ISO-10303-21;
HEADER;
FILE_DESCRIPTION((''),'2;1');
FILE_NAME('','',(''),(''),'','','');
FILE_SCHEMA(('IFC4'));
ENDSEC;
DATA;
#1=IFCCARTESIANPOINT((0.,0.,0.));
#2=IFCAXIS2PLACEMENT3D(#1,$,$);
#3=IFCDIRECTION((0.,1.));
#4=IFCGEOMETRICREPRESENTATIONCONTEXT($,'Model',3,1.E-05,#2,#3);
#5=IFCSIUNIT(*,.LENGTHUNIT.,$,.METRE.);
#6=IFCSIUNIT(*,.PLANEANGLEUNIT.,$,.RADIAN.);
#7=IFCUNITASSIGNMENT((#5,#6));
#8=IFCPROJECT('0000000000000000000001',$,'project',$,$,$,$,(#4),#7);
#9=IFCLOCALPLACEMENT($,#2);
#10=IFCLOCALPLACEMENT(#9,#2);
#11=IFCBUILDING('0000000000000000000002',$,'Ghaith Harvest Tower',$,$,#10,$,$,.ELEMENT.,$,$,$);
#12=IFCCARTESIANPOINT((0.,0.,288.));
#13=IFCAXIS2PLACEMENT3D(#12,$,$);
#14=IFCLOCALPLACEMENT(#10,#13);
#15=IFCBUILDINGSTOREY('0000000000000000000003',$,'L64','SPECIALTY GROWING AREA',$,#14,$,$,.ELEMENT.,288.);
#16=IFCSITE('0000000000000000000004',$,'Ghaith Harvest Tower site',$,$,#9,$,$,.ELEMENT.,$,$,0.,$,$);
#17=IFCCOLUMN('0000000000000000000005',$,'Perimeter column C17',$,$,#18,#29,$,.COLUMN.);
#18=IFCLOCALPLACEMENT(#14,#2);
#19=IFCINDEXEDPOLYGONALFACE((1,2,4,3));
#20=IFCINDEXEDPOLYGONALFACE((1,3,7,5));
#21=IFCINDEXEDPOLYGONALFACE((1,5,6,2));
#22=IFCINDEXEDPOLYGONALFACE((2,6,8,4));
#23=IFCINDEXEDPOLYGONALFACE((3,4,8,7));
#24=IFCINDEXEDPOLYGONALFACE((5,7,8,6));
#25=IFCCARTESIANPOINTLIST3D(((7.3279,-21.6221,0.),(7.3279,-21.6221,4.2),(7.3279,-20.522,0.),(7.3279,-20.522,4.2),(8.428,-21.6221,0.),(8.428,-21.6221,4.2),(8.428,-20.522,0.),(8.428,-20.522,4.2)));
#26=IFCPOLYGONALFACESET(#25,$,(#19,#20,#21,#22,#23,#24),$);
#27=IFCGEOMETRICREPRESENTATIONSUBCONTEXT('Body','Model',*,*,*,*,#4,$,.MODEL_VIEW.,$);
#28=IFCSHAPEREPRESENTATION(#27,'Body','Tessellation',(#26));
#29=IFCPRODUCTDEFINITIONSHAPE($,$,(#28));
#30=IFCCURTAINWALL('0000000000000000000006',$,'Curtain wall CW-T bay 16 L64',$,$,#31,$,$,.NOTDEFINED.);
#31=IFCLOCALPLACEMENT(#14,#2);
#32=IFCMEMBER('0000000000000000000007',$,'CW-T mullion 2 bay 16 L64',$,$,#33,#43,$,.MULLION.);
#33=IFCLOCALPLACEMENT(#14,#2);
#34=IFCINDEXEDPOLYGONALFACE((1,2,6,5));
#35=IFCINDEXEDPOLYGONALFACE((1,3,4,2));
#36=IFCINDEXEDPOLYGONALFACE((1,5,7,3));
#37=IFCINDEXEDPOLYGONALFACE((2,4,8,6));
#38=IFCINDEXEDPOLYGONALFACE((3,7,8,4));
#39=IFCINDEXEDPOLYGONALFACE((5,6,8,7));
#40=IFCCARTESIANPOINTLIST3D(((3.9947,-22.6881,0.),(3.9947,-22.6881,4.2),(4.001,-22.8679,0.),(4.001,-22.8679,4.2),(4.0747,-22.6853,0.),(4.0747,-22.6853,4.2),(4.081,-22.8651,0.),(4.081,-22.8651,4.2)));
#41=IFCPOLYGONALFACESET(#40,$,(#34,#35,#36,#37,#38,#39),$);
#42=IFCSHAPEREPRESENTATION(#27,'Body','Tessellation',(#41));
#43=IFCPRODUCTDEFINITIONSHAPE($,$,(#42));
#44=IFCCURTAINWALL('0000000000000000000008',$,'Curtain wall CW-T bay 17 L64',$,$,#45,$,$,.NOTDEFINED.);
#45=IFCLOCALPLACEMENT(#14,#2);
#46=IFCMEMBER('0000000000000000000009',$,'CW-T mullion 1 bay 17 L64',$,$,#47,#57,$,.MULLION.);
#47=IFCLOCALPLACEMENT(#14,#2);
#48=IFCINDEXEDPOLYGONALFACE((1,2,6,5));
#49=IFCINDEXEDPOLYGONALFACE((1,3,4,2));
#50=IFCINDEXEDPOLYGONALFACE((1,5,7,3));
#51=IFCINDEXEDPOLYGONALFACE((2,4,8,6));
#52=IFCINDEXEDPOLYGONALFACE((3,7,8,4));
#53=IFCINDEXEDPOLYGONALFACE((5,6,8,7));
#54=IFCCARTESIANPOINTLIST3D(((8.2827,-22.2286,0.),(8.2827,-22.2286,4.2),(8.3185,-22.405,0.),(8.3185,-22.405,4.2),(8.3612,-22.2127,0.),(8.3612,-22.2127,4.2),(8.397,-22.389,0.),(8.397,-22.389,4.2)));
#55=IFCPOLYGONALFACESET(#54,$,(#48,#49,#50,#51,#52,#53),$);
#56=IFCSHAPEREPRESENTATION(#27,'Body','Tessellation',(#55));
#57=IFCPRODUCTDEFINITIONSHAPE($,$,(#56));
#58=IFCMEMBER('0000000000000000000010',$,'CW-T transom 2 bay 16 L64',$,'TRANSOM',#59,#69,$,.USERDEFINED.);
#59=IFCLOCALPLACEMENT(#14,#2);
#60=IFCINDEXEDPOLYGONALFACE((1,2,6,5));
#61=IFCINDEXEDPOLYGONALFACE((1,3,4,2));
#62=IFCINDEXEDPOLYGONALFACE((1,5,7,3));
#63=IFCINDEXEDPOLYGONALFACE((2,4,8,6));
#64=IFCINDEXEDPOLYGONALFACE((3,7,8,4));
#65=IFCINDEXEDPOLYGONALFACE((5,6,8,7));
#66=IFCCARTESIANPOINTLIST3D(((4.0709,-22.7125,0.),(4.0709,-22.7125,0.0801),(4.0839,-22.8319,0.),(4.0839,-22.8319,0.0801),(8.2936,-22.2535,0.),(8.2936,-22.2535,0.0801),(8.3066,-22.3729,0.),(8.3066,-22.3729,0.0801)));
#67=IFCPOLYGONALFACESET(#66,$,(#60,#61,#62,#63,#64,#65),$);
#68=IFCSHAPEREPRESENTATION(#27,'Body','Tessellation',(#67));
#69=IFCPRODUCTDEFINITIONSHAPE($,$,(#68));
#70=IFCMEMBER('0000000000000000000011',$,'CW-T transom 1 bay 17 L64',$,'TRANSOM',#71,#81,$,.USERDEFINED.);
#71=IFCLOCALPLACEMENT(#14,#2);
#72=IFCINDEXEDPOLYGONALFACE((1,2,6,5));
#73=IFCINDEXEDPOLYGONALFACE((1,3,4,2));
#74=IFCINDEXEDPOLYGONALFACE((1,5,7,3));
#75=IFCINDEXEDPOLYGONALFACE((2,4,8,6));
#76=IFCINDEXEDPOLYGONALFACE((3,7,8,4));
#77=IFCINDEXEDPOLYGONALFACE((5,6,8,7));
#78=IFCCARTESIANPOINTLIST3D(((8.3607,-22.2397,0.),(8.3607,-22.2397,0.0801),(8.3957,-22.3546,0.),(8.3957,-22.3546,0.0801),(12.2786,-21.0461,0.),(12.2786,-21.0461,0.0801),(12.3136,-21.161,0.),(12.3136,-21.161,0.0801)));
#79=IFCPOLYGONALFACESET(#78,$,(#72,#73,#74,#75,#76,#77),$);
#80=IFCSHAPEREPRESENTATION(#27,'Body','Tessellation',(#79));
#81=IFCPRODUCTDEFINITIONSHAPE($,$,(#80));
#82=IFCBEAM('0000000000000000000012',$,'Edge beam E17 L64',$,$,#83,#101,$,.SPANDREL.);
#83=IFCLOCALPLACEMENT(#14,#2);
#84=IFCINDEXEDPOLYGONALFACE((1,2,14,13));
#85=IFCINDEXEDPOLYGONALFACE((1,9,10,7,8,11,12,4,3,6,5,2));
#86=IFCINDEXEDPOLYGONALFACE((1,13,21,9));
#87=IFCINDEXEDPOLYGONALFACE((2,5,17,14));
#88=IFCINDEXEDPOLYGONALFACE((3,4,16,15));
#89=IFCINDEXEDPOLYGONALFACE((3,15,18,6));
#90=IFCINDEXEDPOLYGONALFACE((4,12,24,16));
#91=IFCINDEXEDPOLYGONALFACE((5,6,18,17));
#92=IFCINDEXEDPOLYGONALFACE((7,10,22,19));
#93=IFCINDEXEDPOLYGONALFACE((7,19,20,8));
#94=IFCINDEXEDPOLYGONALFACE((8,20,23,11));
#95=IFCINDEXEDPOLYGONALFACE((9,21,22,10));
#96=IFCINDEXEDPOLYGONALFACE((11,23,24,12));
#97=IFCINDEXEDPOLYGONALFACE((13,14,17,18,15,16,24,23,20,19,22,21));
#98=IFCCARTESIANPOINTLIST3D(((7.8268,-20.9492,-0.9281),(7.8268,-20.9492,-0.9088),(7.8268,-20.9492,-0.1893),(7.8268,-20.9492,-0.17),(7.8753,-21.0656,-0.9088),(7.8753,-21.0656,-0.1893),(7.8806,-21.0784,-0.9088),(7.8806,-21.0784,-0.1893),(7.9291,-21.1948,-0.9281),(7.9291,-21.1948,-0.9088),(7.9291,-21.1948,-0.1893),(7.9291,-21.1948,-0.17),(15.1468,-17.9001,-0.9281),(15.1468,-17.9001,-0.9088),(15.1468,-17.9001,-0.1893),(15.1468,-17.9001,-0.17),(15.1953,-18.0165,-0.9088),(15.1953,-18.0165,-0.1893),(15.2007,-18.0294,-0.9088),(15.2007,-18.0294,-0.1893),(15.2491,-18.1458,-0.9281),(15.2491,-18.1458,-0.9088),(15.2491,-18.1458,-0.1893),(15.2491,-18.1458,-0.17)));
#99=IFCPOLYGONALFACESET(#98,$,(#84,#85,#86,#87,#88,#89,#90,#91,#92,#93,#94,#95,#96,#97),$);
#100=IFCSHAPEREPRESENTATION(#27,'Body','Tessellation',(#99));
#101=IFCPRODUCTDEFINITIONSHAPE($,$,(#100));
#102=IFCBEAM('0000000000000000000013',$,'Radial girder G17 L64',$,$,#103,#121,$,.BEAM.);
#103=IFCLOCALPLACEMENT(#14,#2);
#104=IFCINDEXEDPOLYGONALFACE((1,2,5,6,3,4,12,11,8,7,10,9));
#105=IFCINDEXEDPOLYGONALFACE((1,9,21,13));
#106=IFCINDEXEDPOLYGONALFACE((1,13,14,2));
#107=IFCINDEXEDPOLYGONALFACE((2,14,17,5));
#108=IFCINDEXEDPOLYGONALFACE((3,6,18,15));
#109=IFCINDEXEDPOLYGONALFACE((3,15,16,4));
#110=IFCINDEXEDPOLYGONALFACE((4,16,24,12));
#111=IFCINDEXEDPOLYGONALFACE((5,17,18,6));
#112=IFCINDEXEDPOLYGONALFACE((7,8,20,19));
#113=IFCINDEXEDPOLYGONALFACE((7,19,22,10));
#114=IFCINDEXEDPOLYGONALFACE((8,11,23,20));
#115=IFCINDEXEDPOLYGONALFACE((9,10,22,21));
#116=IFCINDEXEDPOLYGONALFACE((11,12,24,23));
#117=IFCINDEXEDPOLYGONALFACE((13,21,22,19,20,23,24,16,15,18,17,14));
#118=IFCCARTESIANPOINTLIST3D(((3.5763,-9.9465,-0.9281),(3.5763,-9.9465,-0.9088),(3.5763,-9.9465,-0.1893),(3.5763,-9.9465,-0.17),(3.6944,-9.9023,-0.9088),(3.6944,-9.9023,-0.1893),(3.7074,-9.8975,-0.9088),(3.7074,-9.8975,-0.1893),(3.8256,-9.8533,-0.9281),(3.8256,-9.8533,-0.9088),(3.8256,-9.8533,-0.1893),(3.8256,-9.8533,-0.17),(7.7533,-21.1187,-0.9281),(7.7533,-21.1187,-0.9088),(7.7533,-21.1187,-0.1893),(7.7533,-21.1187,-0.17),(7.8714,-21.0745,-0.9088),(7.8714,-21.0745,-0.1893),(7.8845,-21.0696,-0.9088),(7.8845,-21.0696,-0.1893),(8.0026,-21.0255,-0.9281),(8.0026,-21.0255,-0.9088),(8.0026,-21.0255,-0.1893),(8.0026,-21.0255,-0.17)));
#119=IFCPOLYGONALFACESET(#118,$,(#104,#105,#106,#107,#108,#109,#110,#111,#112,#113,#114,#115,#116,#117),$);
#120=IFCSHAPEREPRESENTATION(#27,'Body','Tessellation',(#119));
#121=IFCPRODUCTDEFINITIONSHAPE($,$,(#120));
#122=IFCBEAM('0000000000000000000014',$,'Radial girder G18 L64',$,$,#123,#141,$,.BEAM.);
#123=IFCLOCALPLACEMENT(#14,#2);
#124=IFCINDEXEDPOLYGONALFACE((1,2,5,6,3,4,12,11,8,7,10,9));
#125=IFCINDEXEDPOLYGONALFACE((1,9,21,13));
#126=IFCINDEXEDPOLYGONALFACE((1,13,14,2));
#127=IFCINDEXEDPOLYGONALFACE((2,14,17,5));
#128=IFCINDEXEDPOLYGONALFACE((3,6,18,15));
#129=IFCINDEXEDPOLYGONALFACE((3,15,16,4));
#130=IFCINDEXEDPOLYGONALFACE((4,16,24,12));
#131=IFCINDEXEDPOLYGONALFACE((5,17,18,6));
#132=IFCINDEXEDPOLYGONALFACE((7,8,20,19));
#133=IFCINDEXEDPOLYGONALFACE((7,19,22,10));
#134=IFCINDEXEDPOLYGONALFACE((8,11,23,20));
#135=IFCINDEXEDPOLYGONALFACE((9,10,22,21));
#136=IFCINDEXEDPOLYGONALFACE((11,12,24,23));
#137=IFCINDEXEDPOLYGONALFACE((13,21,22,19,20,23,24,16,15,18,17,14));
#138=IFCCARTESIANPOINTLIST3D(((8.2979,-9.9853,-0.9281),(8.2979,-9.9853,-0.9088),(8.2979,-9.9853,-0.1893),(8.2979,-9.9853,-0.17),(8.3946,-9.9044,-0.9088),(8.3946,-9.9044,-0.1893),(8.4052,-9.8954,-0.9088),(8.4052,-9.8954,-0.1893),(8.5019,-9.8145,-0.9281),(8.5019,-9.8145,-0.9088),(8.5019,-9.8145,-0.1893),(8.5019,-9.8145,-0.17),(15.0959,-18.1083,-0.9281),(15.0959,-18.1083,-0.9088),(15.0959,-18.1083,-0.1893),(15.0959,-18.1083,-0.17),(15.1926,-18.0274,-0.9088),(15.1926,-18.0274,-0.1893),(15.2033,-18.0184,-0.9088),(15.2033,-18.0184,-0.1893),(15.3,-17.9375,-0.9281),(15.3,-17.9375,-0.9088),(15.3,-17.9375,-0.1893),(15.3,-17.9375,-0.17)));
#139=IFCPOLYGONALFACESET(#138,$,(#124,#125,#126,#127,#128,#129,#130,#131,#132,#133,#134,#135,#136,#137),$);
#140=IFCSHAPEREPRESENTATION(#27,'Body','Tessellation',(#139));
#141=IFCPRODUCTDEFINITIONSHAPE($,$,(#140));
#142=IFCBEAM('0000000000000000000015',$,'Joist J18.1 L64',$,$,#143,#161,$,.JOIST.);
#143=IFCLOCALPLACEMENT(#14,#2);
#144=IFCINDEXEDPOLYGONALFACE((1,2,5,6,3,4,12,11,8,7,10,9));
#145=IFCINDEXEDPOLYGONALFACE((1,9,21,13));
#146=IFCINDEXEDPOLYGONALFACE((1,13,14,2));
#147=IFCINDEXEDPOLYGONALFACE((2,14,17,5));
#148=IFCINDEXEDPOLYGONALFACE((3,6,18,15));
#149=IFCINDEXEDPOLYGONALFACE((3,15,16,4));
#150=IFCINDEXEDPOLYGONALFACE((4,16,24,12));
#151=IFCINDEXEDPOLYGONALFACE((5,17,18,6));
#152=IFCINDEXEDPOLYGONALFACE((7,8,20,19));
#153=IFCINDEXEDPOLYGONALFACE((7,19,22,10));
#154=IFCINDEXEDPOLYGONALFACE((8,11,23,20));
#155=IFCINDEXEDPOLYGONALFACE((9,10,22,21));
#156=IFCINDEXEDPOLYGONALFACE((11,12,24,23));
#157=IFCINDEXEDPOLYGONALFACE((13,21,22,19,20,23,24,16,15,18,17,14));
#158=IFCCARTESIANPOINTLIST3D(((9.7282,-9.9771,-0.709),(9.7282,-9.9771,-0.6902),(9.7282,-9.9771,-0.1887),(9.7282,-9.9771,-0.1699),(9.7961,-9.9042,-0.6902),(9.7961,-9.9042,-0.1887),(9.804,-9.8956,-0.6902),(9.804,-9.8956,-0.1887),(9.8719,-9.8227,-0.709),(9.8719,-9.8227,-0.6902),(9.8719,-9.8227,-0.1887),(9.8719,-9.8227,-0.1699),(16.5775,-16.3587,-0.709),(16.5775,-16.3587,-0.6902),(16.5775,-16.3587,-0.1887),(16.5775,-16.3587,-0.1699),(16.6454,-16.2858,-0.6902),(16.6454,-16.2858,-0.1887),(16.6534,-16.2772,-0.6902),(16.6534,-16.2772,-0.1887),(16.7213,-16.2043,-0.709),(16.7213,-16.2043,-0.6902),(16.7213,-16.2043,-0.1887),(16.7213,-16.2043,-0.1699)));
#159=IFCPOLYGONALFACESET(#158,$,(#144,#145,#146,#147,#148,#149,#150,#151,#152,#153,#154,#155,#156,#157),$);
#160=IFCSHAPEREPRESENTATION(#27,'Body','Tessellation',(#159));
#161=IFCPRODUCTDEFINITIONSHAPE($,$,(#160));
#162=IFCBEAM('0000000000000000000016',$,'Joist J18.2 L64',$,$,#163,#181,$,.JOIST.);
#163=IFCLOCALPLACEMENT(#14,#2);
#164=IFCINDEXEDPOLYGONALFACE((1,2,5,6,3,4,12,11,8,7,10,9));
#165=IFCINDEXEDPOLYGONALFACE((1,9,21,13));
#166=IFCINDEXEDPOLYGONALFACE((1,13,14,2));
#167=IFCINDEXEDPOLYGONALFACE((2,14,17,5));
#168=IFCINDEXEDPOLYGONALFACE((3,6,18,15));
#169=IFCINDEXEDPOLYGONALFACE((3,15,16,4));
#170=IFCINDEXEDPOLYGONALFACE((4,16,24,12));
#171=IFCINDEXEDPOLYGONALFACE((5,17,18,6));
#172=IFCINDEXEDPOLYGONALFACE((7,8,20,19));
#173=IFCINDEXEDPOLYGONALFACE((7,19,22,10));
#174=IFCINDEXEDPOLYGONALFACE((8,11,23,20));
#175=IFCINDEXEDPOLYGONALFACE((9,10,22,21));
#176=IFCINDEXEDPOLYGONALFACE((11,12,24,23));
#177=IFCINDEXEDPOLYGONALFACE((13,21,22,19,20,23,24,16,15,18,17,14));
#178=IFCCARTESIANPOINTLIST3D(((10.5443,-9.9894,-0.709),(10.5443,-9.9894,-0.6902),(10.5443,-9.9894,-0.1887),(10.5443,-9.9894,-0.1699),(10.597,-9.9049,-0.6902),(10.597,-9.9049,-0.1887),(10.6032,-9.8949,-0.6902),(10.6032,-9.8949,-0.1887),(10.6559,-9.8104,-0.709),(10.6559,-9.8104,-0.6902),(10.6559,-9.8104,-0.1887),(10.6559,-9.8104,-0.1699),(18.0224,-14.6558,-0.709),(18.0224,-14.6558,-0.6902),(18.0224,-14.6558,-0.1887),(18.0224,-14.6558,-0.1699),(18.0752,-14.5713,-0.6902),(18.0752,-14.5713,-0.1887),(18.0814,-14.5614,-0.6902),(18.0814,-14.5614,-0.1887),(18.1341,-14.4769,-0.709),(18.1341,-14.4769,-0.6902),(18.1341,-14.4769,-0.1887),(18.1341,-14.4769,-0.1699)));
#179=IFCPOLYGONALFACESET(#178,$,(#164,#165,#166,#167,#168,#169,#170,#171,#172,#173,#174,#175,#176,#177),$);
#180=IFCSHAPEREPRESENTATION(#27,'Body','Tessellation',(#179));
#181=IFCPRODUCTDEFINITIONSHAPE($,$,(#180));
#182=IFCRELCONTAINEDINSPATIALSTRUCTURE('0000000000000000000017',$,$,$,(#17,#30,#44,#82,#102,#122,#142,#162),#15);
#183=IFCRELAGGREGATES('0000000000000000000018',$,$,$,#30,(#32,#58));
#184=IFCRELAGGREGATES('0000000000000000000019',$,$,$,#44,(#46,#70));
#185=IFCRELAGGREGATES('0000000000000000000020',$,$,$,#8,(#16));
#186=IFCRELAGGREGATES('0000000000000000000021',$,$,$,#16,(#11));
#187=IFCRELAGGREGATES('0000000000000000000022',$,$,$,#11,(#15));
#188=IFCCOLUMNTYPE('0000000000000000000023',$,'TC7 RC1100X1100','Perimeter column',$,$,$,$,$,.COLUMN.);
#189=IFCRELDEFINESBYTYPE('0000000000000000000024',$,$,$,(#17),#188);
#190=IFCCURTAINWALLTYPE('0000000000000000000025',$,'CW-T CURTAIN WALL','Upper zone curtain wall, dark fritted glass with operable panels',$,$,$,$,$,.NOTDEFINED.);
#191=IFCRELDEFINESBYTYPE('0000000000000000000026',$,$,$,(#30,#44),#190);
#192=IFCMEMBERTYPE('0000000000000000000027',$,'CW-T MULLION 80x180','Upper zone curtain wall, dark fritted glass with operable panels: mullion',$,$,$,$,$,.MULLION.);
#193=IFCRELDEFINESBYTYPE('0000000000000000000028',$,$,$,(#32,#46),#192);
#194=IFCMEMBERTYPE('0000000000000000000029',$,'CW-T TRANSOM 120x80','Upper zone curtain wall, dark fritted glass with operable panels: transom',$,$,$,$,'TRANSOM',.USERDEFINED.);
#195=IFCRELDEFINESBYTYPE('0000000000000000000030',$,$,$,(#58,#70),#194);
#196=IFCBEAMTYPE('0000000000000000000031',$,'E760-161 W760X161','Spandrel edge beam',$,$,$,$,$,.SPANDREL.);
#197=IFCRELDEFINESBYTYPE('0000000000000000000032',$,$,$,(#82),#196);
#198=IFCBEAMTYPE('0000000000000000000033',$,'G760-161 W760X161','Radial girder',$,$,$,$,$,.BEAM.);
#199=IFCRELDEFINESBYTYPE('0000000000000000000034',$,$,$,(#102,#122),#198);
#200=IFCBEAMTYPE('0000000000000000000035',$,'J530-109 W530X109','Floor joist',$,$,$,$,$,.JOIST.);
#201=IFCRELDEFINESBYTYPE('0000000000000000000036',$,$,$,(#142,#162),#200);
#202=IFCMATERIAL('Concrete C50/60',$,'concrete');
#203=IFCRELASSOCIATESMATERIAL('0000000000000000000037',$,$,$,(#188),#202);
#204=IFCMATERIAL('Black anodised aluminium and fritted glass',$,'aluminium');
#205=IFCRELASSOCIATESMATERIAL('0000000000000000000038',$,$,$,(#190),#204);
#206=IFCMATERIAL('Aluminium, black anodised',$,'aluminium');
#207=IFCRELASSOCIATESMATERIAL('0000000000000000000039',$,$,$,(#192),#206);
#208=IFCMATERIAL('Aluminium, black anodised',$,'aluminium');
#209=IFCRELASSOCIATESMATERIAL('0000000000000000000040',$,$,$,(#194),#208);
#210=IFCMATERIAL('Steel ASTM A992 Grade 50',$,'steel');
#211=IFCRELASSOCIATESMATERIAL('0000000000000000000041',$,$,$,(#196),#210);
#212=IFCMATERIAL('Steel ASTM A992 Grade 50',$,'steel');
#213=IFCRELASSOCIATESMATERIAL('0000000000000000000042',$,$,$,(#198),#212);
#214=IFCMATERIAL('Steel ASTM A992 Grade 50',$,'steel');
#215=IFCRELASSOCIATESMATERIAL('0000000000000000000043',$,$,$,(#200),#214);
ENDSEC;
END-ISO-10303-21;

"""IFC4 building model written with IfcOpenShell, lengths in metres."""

from ifc_helpers import new_model, si_unit, direction, frame, origin, origin_2d, place, context, subcontext, project, spatial, rectangle, i_section, extrude, material, material_profile, profile_set, type_object, element, aggregate, save


model = new_model("IFC4")

# Units and contexts
model_context = context("Model", 3, precision=1e-05, world=origin(), true_north=direction((0.0, 1.0)))
body_context = subcontext(model_context, "Body", "Model", "MODEL_VIEW")
ifc_project = project(units=[si_unit("LENGTHUNIT", "METRE"), si_unit("PLANEANGLEUNIT", "RADIAN")], contexts=[model_context])

# Site, building, storey
site_placement = place(None, origin())
site = spatial("IfcSite", under=ifc_project, at=site_placement, Name="Ghaith Harvest Tower site", CompositionType="ELEMENT", RefElevation=0.0)
building_placement = place(site_placement, origin())
building = spatial("IfcBuilding", under=site, at=building_placement, Name="Ghaith Harvest Tower", CompositionType="ELEMENT")
storey_placement = place(building_placement, frame((0.0, 0.0, 288.0)))
storey = spatial("IfcBuildingStorey", under=building, at=storey_placement, Name="L64", Description="SPECIALTY GROWING AREA", CompositionType="ELEMENT", Elevation=288.0)

# Column
ifc_material_1 = material(Name="Concrete C50/60", Category="concrete")
ifc_material_profile_1 = material_profile(ifc_material_1, rectangle(XDim=1.1001, YDim=1.1001, at=origin_2d()), Name="RC1100X1100")
ifc_profile_set_1 = profile_set([ifc_material_profile_1], Name="Concrete C50/60")
column_type = type_object("IfcColumnType", Name="TC7 RC1100X1100", Description="Perimeter column", PredefinedType="COLUMN", material=ifc_profile_set_1)
column_placement = place(storey_placement, frame((7.8779, -21.072, 0.0), z_axis=(0.0, 0.0, 1.0), x_axis=(1.0, 0.0, 0.0)))
element("IfcColumn", 1, at=column_placement, inside=storey, type_object=column_type, Name="Perimeter column C17", PredefinedType="COLUMN", context=body_context, shape_type="SweptSolid", body=[
    extrude(rectangle(XDim=1.1001, YDim=1.1001, at=origin_2d()), origin(), (0.0, 0.0, 1.0), 4.2),
])

# Curtain walls, members
ifc_material_2 = material(Name="Black anodised aluminium and fritted glass", Category="aluminium")
curtain_wall_type = type_object("IfcCurtainWallType", Name="CW-T CURTAIN WALL", Description="Upper zone curtain wall, dark fritted glass with operable panels", PredefinedType="NOTDEFINED", material=ifc_material_2)
curtain_wall_1_placement = place(storey_placement, origin())
curtain_wall_1 = element("IfcCurtainWall", 2, at=curtain_wall_1_placement, inside=storey, type_object=curtain_wall_type, Name="Curtain wall CW-T bay 16 L64", PredefinedType="NOTDEFINED")
ifc_material_3 = material(Name="Aluminium, black anodised", Category="aluminium")
ifc_material_profile_2 = material_profile(ifc_material_3, rectangle(XDim=0.0801, YDim=0.1799, at=origin_2d()), Name="CW-T MULLION 80x180")
ifc_profile_set_2 = profile_set([ifc_material_profile_2], Name="Aluminium, black anodised")
member_type_1 = type_object("IfcMemberType", Name="CW-T MULLION 80x180", Description="Upper zone curtain wall, dark fritted glass with operable panels: mullion", PredefinedType="MULLION", material=ifc_profile_set_2)
member_1_placement = place(storey_placement, frame((4.0378, -22.7766, 0.0), z_axis=(0.0, 0.0, 1.0), x_axis=(0.999389, 0.034962, 0.0)))
member_1 = element("IfcMember", 3, at=member_1_placement, type_object=member_type_1, Name="CW-T mullion 2 bay 16 L64", PredefinedType="MULLION", context=body_context, shape_type="SweptSolid", body=[
    extrude(rectangle(XDim=0.0801, YDim=0.1799, at=origin_2d()), origin(), (0.0, 0.0, 1.0), 4.2),
])
curtain_wall_2_placement = place(storey_placement, origin())
curtain_wall_2 = element("IfcCurtainWall", 4, at=curtain_wall_2_placement, inside=storey, type_object=curtain_wall_type, Name="Curtain wall CW-T bay 17 L64", PredefinedType="NOTDEFINED")
member_2_placement = place(storey_placement, frame((8.3398, -22.3088, 0.0), z_axis=(0.0, 0.0, 1.0), x_axis=(0.98, 0.198997, 0.0)))
member_2 = element("IfcMember", 5, at=member_2_placement, type_object=member_type_1, Name="CW-T mullion 1 bay 17 L64", PredefinedType="MULLION", context=body_context, shape_type="SweptSolid", body=[
    extrude(rectangle(XDim=0.0801, YDim=0.1799, at=origin_2d()), origin(), (0.0, 0.0, 1.0), 4.2),
])

# Members
ifc_material_4 = material(Name="Aluminium, black anodised", Category="aluminium")
ifc_material_profile_3 = material_profile(ifc_material_4, rectangle(XDim=0.1201, YDim=0.0801, at=origin_2d()), Name="CW-T TRANSOM 120x80")
ifc_profile_set_3 = profile_set([ifc_material_profile_3], Name="Aluminium, black anodised")
member_type_2 = type_object("IfcMemberType", Name="CW-T TRANSOM 120x80", Description="Upper zone curtain wall, dark fritted glass with operable panels: transom", ElementType="TRANSOM", PredefinedType="USERDEFINED", material=ifc_profile_set_3)
member_3_placement = place(storey_placement, frame((4.0774, -22.7722, 0.04), z_axis=(0.994144, 0.108059, 0.0), x_axis=(-0.108059, 0.994144, 0.0)))
member_3 = element("IfcMember", 6, at=member_3_placement, type_object=member_type_2, Name="CW-T transom 2 bay 16 L64", ObjectType="TRANSOM", PredefinedType="USERDEFINED", context=body_context, shape_type="SweptSolid", body=[
    extrude(rectangle(XDim=0.1201, YDim=0.0801, at=origin_2d()), origin(), (0.0, 0.0, 1.0), 4.2476),
])
member_4_placement = place(storey_placement, frame((8.3782, -22.2971, 0.04), z_axis=(0.956594, 0.291425, 0.0), x_axis=(-0.291425, 0.956594, 0.0)))
member_4 = element("IfcMember", 7, at=member_4_placement, type_object=member_type_2, Name="CW-T transom 1 bay 17 L64", ObjectType="TRANSOM", PredefinedType="USERDEFINED", context=body_context, shape_type="SweptSolid", body=[
    extrude(rectangle(XDim=0.1201, YDim=0.0801, at=origin_2d()), origin(), (0.0, 0.0, 1.0), 4.0957),
])

# Beams
ifc_material_5 = material(Name="Steel ASTM A992 Grade 50", Category="steel")
ifc_material_profile_4 = material_profile(ifc_material_5, i_section(OverallWidth=0.2661, OverallDepth=0.7581, WebThickness=0.0139, FlangeThickness=0.0193, at=origin_2d()), Name="W760X161")
ifc_profile_set_4 = profile_set([ifc_material_profile_4], Name="Steel ASTM A992 Grade 50")
beam_type_1 = type_object("IfcBeamType", Name="E760-161 W760X161", Description="Spandrel edge beam", PredefinedType="SPANDREL", material=ifc_profile_set_4)
beam_1_placement = place(storey_placement, frame((7.8779, -21.072, -0.5491), z_axis=(0.92312, 0.384513, 0.0), x_axis=(-0.384513, 0.92312, 0.0)))
element("IfcBeam", 8, at=beam_1_placement, inside=storey, type_object=beam_type_1, Name="Edge beam E17 L64", PredefinedType="SPANDREL", context=body_context, shape_type="SweptSolid", body=[
    extrude(i_section(OverallWidth=0.2661, OverallDepth=0.7581, WebThickness=0.0139, FlangeThickness=0.0193, at=origin_2d()), origin(), (0.0, 0.0, 1.0), 7.9297),
])
ifc_material_6 = material(Name="Steel ASTM A992 Grade 50", Category="steel")
ifc_material_profile_5 = material_profile(ifc_material_6, i_section(OverallWidth=0.2661, OverallDepth=0.7581, WebThickness=0.0139, FlangeThickness=0.0193, at=origin_2d()), Name="W760X161")
ifc_profile_set_5 = profile_set([ifc_material_profile_5], Name="Steel ASTM A992 Grade 50")
beam_type_2 = type_object("IfcBeamType", Name="G760-161 W760X161", Description="Radial girder", PredefinedType="BEAM", material=ifc_profile_set_5)
beam_2_placement = place(storey_placement, frame((3.7009, -9.8999, -0.5491), z_axis=(0.350201, -0.936674, 0.0), x_axis=(0.936674, 0.350201, 0.0)))
element("IfcBeam", 9, at=beam_2_placement, inside=storey, type_object=beam_type_2, Name="Radial girder G17 L64", PredefinedType="BEAM", context=body_context, shape_type="SweptSolid", body=[
    extrude(i_section(OverallWidth=0.2661, OverallDepth=0.7581, WebThickness=0.0139, FlangeThickness=0.0193, at=origin_2d()), origin(), (0.0, 0.0, 1.0), 11.9275),
])
beam_3_placement = place(storey_placement, frame((8.3999, -9.8999, -0.5491), z_axis=(0.641793, -0.766878, 0.0), x_axis=(0.766878, 0.641793, 0.0)))
element("IfcBeam", 10, at=beam_3_placement, inside=storey, type_object=beam_type_2, Name="Radial girder G18 L64", PredefinedType="BEAM", context=body_context, shape_type="SweptSolid", body=[
    extrude(i_section(OverallWidth=0.2661, OverallDepth=0.7581, WebThickness=0.0139, FlangeThickness=0.0193, at=origin_2d()), origin(), (0.0, 0.0, 1.0), 10.5923),
])
ifc_material_7 = material(Name="Steel ASTM A992 Grade 50", Category="steel")
ifc_material_profile_6 = material_profile(ifc_material_7, i_section(OverallWidth=0.2109, OverallDepth=0.5391, WebThickness=0.0117, FlangeThickness=0.0188, at=origin_2d()), Name="W530X109")
ifc_profile_set_6 = profile_set([ifc_material_profile_6], Name="Steel ASTM A992 Grade 50")
beam_type_3 = type_object("IfcBeamType", Name="J530-109 W530X109", Description="Floor joist", PredefinedType="JOIST", material=ifc_profile_set_6)
beam_4_placement = place(storey_placement, frame((9.8, -9.8999, -0.4395), z_axis=(0.731649, -0.681682, 0.0), x_axis=(0.681682, 0.731649, 0.0)))
element("IfcBeam", 11, at=beam_4_placement, inside=storey, type_object=beam_type_3, Name="Joist J18.1 L64", PredefinedType="JOIST", context=body_context, shape_type="SweptSolid", body=[
    extrude(i_section(OverallWidth=0.2109, OverallDepth=0.5391, WebThickness=0.0117, FlangeThickness=0.0188, at=origin_2d()), origin(), (0.0, 0.0, 1.0), 9.3616),
])
beam_5_placement = place(storey_placement, frame((10.6001, -9.8999, -0.4395), z_axis=(0.848376, -0.529394, 0.0), x_axis=(0.529394, 0.848376, 0.0)))
element("IfcBeam", 12, at=beam_5_placement, inside=storey, type_object=beam_type_3, Name="Joist J18.2 L64", PredefinedType="JOIST", context=body_context, shape_type="SweptSolid", body=[
    extrude(i_section(OverallWidth=0.2109, OverallDepth=0.5391, WebThickness=0.0117, FlangeThickness=0.0188, at=origin_2d()), origin(), (0.0, 0.0, 1.0), 8.8147),
])

aggregate(curtain_wall_1, [member_1, member_3])
aggregate(curtain_wall_2, [member_2, member_4])

save(model, "model.ifc")
